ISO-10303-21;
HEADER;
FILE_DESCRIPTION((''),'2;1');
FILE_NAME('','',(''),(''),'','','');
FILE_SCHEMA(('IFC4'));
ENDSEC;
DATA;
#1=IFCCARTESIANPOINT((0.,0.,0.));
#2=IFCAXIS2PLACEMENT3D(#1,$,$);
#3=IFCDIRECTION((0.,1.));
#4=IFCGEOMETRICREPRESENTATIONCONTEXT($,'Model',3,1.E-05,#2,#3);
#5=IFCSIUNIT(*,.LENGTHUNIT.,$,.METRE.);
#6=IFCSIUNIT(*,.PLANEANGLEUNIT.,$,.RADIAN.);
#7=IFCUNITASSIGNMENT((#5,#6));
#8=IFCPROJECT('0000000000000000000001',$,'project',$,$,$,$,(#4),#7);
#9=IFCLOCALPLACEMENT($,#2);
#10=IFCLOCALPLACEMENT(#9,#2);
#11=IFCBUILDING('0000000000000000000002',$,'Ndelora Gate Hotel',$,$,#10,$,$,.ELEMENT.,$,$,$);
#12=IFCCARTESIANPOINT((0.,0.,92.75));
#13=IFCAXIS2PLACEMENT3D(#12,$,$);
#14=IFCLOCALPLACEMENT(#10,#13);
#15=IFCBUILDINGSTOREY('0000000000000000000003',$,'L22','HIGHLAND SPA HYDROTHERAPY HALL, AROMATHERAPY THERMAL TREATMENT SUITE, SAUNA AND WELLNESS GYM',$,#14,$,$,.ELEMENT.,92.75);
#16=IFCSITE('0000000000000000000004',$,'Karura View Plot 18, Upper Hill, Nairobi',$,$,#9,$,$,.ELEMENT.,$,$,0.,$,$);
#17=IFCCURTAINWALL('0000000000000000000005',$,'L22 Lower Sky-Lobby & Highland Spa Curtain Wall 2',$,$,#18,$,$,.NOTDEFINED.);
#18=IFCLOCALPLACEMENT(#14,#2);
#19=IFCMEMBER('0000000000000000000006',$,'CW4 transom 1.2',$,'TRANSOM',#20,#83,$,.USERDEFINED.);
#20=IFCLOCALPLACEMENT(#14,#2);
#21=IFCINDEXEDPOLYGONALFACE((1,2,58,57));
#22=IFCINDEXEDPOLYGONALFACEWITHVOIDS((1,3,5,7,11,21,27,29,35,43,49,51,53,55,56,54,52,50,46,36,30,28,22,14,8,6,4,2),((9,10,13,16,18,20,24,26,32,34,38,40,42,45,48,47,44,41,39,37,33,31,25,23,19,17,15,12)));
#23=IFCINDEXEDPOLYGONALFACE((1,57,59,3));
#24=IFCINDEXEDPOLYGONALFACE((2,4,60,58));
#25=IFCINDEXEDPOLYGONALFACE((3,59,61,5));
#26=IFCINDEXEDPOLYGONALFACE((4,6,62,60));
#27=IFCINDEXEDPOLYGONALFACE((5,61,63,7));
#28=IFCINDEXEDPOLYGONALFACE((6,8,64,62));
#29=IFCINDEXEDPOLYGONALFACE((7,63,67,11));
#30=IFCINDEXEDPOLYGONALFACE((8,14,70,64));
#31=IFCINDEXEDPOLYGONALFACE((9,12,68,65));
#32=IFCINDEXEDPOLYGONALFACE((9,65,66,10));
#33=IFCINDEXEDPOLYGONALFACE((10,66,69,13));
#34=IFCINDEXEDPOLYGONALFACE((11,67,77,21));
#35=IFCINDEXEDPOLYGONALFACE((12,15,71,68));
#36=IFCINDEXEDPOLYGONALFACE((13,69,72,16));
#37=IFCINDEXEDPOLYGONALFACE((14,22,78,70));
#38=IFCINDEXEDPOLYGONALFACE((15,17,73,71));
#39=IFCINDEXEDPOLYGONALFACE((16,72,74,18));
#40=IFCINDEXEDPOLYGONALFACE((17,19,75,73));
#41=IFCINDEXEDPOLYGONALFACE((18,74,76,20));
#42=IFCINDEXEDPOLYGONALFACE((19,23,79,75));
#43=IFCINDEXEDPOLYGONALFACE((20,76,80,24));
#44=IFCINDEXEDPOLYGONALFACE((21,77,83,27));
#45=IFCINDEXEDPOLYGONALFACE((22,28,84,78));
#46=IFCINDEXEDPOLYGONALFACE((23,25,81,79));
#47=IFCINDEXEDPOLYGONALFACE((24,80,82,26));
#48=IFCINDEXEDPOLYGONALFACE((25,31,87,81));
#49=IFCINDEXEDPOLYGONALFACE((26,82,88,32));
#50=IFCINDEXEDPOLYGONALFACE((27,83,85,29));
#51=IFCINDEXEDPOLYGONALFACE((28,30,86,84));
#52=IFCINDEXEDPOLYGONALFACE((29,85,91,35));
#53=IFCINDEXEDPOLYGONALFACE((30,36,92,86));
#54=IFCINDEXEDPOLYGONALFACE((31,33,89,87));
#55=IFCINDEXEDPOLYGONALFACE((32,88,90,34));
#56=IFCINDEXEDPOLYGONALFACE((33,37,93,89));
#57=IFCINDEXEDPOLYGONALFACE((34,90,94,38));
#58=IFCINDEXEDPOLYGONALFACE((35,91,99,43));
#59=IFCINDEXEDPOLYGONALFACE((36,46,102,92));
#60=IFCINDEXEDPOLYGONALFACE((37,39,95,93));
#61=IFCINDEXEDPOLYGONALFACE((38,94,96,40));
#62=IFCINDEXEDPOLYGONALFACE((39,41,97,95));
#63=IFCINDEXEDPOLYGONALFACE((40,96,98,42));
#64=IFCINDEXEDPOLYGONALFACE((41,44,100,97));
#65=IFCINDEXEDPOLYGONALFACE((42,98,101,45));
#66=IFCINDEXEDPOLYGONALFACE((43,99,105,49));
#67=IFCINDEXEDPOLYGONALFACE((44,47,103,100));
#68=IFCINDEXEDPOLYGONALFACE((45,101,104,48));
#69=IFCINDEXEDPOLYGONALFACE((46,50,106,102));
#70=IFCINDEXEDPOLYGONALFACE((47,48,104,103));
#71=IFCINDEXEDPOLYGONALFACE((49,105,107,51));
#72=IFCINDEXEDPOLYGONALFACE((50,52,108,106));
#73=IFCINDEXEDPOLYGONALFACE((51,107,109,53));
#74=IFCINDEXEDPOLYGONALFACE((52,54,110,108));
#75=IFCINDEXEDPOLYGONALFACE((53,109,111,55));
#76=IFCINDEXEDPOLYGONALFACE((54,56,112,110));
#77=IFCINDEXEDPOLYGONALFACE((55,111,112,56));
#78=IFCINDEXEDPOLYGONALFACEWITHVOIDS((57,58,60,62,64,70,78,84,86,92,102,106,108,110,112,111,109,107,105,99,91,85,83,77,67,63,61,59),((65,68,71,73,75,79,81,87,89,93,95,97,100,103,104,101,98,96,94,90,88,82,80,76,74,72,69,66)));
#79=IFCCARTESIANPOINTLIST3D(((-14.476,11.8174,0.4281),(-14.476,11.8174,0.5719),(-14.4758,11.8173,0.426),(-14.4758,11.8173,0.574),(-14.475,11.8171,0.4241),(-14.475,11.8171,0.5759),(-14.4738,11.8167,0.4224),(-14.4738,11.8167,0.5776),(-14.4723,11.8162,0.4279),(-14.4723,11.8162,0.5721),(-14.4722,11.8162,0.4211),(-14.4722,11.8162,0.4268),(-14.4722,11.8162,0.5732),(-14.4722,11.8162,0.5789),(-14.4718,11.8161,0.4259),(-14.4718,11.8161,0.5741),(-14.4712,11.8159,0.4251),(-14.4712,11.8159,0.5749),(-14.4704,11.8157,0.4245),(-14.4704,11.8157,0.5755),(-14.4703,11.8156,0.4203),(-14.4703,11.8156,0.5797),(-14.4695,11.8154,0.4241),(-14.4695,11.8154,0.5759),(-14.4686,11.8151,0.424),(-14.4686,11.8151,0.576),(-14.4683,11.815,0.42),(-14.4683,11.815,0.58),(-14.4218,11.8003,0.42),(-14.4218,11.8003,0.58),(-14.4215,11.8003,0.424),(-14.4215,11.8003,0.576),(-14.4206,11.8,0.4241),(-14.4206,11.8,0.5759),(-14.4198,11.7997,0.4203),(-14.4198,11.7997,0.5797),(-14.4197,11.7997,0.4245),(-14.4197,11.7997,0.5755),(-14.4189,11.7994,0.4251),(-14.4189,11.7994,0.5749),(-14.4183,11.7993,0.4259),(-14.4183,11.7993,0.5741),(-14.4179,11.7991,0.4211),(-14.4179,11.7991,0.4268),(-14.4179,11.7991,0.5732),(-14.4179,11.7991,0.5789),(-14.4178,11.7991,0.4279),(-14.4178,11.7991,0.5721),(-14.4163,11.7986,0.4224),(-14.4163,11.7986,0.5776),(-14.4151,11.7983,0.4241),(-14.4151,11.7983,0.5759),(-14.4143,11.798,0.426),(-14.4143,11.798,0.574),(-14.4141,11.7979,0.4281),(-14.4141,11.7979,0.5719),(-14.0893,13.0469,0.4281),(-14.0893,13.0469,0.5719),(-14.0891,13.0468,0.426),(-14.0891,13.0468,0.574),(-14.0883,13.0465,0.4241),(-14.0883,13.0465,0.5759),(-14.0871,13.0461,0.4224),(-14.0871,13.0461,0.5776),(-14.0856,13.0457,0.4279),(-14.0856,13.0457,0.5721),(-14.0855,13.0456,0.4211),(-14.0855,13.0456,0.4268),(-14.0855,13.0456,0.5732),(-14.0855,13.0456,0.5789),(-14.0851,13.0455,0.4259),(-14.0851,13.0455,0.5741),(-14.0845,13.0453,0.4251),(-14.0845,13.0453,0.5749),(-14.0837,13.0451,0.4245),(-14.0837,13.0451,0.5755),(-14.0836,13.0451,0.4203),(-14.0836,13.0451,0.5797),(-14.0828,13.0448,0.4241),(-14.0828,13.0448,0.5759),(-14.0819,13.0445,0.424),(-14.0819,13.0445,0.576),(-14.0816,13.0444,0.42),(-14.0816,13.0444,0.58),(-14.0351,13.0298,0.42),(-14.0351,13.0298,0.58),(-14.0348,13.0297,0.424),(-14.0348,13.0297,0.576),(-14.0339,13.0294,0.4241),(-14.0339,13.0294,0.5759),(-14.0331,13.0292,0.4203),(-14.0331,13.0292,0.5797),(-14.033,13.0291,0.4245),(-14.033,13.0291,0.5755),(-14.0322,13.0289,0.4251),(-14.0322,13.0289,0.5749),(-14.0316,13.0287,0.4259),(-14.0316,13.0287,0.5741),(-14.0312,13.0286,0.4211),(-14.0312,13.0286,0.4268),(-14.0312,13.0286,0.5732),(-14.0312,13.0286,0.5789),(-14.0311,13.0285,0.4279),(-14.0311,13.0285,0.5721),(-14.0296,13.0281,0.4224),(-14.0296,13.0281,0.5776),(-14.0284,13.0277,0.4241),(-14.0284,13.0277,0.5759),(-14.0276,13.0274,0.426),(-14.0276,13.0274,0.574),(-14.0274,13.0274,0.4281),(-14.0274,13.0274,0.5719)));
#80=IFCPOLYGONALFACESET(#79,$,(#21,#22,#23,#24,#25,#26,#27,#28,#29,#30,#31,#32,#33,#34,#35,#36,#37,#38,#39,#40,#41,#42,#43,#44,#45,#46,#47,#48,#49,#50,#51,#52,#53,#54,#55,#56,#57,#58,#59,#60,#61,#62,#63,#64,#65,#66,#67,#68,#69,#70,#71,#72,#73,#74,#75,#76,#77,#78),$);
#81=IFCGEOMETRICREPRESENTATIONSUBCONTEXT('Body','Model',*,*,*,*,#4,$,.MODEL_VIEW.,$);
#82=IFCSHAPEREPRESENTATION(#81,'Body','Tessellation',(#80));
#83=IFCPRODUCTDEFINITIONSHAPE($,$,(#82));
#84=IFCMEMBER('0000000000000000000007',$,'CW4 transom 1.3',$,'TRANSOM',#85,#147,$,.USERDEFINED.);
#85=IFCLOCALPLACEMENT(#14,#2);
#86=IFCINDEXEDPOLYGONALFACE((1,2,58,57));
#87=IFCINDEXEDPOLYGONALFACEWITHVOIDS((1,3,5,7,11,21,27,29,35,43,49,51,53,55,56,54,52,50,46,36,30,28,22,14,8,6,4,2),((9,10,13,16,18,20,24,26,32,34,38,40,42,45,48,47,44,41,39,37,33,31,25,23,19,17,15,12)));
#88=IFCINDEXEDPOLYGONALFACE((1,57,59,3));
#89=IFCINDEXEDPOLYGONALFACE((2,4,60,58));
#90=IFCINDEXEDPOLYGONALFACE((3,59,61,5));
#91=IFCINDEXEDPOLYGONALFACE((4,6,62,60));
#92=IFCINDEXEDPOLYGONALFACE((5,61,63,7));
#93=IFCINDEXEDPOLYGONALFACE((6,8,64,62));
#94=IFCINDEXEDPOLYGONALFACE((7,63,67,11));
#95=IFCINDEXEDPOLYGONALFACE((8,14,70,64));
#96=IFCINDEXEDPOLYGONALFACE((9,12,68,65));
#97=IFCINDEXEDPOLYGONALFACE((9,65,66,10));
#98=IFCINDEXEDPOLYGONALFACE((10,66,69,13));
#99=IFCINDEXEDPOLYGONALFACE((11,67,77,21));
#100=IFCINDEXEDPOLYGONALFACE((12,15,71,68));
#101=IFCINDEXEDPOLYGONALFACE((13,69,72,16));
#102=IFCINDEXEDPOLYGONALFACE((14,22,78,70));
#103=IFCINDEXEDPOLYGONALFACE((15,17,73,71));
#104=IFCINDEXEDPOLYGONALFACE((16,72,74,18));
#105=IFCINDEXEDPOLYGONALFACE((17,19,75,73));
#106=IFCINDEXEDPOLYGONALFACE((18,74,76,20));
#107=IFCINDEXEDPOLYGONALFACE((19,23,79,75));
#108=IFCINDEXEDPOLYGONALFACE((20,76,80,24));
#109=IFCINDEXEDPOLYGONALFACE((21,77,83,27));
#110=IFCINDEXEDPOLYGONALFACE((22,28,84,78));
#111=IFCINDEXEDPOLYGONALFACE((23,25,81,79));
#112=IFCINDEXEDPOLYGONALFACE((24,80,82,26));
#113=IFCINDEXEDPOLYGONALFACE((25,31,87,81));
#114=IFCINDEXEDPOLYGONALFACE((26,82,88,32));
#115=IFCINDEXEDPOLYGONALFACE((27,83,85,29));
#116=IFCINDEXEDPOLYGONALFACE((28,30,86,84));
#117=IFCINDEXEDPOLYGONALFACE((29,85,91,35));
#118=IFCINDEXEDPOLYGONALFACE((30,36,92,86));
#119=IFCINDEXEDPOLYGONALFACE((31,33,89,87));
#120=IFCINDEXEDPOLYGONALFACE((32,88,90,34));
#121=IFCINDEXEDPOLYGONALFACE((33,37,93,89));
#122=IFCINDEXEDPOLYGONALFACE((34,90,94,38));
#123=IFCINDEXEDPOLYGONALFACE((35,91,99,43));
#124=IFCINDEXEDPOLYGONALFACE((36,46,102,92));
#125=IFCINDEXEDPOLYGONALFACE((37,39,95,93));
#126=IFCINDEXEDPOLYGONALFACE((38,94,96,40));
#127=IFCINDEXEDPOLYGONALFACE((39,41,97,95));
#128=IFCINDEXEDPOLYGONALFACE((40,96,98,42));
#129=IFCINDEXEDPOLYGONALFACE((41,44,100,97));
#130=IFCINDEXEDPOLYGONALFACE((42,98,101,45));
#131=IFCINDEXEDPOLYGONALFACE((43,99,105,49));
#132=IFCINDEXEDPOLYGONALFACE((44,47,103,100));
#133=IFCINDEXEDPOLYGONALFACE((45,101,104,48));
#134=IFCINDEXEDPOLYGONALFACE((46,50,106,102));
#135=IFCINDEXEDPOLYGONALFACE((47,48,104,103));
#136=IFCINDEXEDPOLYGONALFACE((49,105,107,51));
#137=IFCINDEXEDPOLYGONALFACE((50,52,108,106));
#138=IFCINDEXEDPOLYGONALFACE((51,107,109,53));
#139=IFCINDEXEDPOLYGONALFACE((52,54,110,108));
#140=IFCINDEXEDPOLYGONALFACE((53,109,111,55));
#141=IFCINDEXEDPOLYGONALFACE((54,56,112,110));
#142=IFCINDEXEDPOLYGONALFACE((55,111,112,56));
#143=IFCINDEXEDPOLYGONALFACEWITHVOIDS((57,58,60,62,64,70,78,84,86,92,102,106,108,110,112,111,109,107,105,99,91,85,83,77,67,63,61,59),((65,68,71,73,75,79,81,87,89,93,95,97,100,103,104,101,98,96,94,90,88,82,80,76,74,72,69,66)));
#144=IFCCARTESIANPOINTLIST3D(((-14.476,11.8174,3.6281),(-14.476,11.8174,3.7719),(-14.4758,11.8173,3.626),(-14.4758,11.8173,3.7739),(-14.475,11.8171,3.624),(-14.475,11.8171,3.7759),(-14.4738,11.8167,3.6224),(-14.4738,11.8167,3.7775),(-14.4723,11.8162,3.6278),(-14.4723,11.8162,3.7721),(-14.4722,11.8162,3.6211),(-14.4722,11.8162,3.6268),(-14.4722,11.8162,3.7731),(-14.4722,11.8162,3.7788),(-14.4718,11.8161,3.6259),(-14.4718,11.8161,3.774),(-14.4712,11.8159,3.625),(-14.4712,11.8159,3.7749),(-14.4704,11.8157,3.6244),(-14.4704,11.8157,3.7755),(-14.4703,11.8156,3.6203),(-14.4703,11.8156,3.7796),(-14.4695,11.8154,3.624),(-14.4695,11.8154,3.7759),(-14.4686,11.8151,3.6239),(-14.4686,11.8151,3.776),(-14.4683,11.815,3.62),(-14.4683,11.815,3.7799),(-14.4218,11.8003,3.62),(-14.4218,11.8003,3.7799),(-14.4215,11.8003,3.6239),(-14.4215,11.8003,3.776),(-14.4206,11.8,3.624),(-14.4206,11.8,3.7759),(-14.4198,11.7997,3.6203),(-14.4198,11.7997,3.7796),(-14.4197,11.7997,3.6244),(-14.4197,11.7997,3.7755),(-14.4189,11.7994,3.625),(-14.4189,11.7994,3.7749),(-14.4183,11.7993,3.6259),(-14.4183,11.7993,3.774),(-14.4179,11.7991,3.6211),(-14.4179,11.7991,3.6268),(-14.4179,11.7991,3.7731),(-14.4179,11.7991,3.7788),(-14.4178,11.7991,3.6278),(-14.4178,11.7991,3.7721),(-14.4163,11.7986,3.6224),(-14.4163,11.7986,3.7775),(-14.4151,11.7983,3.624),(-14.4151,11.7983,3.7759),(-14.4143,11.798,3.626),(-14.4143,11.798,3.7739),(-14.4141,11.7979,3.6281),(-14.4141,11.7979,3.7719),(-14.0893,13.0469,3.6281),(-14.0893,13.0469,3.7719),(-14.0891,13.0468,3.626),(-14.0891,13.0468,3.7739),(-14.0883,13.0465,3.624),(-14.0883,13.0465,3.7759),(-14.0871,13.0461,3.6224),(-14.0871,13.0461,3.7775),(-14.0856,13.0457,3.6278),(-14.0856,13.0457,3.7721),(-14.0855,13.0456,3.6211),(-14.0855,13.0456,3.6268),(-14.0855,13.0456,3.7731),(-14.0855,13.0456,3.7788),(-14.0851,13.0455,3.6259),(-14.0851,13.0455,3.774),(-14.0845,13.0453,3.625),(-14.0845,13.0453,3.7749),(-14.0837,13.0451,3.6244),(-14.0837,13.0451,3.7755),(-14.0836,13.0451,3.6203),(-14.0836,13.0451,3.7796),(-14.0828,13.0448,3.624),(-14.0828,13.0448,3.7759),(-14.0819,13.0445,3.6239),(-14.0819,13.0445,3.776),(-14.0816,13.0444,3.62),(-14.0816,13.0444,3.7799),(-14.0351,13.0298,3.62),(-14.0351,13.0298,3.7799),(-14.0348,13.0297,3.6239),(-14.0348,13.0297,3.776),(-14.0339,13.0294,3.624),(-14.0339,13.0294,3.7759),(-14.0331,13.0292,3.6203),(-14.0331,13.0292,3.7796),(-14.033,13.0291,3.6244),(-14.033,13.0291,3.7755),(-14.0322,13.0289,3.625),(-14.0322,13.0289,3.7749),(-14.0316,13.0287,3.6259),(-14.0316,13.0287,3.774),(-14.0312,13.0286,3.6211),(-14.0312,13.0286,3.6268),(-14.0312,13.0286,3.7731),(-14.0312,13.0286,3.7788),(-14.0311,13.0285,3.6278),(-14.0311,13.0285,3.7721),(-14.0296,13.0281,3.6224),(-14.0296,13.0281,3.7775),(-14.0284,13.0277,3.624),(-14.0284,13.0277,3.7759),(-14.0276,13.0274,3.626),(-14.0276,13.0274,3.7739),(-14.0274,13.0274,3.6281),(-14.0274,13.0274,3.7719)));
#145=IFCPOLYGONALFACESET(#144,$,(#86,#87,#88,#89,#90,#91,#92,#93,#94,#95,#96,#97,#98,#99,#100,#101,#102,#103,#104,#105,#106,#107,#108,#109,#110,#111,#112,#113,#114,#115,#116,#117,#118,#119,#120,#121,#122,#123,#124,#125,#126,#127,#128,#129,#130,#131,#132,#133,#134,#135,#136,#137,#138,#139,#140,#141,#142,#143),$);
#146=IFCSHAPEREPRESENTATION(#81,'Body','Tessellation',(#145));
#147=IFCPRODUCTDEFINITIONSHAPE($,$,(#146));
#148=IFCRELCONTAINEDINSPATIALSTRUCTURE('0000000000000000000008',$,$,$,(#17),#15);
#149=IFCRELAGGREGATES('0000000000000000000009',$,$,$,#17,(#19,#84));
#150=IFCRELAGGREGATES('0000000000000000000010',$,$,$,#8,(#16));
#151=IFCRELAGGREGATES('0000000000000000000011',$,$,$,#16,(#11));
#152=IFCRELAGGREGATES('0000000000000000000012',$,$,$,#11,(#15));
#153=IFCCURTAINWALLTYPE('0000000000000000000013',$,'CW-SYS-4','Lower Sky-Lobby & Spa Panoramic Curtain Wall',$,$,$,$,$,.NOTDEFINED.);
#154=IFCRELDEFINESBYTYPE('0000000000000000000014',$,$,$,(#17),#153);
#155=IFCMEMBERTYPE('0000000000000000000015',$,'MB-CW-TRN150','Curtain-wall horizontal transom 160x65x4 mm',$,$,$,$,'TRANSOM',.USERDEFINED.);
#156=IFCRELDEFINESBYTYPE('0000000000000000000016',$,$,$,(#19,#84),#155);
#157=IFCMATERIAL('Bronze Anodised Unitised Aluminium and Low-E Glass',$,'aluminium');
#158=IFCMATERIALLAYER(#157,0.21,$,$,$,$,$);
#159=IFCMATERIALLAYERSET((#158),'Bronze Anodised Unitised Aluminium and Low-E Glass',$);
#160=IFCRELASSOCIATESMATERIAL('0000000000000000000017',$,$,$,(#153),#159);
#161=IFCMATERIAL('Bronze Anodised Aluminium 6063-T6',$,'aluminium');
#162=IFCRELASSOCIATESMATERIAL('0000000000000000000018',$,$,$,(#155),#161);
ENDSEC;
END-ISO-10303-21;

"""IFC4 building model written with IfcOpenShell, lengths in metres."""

from ifc_helpers import new_model, si_unit, direction, frame, origin, origin_2d, place, context, subcontext, project, spatial, hollow_rectangle, extrude, material, layer, layer_set, material_profile, profile_set, type_object, element, aggregate, save


model = new_model("IFC4")

# Units and contexts
model_context = context("Model", 3, precision=1e-05, world=origin(), true_north=direction((0.0, 1.0)))
body_context = subcontext(model_context, "Body", "Model", "MODEL_VIEW")
ifc_project = project(units=[si_unit("LENGTHUNIT", "METRE"), si_unit("PLANEANGLEUNIT", "RADIAN")], contexts=[model_context])

# Site, building, storey
site_placement = place(None, origin())
site = spatial("IfcSite", under=ifc_project, at=site_placement, Name="Karura View Plot 18, Upper Hill, Nairobi", CompositionType="ELEMENT", RefElevation=0.0)
building_placement = place(site_placement, origin())
building = spatial("IfcBuilding", under=site, at=building_placement, Name="Ndelora Gate Hotel", CompositionType="ELEMENT")
storey_placement = place(building_placement, frame((0.0, 0.0, 92.75)))
storey = spatial("IfcBuildingStorey", under=building, at=storey_placement, Name="L22", Description="HIGHLAND SPA HYDROTHERAPY HALL, AROMATHERAPY THERMAL TREATMENT SUITE, SAUNA AND WELLNESS GYM", CompositionType="ELEMENT", Elevation=92.75)

# Shared definitions
ifc_material_1 = material(Name="Bronze Anodised Unitised Aluminium and Low-E Glass", Category="aluminium")
ifc_layer_1 = layer(ifc_material_1, 0.21)
ifc_layer_set_1 = layer_set([ifc_layer_1], Name="Bronze Anodised Unitised Aluminium and Low-E Glass")
curtain_wall_type = type_object("IfcCurtainWallType", Name="CW-SYS-4", Description="Lower Sky-Lobby & Spa Panoramic Curtain Wall", PredefinedType="NOTDEFINED", material=ifc_layer_set_1)
ifc_material_2 = material(Name="Bronze Anodised Aluminium 6063-T6", Category="aluminium")

# Curtain wall
curtain_wall_1_placement = place(storey_placement, origin())
curtain_wall_1 = element("IfcCurtainWall", 1, at=curtain_wall_1_placement, inside=storey, type_object=curtain_wall_type, Name="L22 Lower Sky-Lobby & Highland Spa Curtain Wall 2", PredefinedType="NOTDEFINED")

# Members
ifc_material_profile_1 = material_profile(ifc_material_2, hollow_rectangle(XDim=0.0649, YDim=0.1599, WallThickness=0.0039, InnerFilletRadius=0.0039, OuterFilletRadius=0.0081, at=origin_2d()), Name="ALU 160x65x4")
ifc_profile_set_1 = profile_set([ifc_material_profile_1], Name="Bronze Anodised Aluminium 6063-T6")
member_type_1 = type_object("IfcMemberType", Name="MB-CW-TRN150", Description="Curtain-wall horizontal transom 160x65x4 mm", ElementType="TRANSOM", PredefinedType="USERDEFINED", material=ifc_profile_set_1)
member_1_placement = place(storey_placement, frame((-14.0583, 13.0371, 0.5), z_axis=(-0.300043, -0.953926, 0.0), x_axis=(0.953926, -0.300043, 0.0)))
member_1 = element("IfcMember", 2, at=member_1_placement, type_object=member_type_1, Name="CW4 transom 1.2", ObjectType="TRANSOM", PredefinedType="USERDEFINED", context=body_context, shape_type="SweptSolid", body=[
    extrude(hollow_rectangle(XDim=0.0649, YDim=0.1599, WallThickness=0.0039, InnerFilletRadius=0.0039, OuterFilletRadius=0.0081, at=origin_2d()), origin(), (0.0, 0.0, 1.0), 1.2888),
])
member_2_placement = place(storey_placement, frame((-14.0583, 13.0371, 3.7), z_axis=(-0.300043, -0.953926, 0.0), x_axis=(0.953926, -0.300043, 0.0)))
member_2 = element("IfcMember", 3, at=member_2_placement, type_object=member_type_1, Name="CW4 transom 1.3", ObjectType="TRANSOM", PredefinedType="USERDEFINED", context=body_context, shape_type="SweptSolid", body=[
    extrude(hollow_rectangle(XDim=0.0649, YDim=0.1599, WallThickness=0.0039, InnerFilletRadius=0.0039, OuterFilletRadius=0.0081, at=origin_2d()), origin(), (0.0, 0.0, 1.0), 1.2888),
])
aggregate(curtain_wall_1, [member_1, member_2])

save(model, "model.ifc")
